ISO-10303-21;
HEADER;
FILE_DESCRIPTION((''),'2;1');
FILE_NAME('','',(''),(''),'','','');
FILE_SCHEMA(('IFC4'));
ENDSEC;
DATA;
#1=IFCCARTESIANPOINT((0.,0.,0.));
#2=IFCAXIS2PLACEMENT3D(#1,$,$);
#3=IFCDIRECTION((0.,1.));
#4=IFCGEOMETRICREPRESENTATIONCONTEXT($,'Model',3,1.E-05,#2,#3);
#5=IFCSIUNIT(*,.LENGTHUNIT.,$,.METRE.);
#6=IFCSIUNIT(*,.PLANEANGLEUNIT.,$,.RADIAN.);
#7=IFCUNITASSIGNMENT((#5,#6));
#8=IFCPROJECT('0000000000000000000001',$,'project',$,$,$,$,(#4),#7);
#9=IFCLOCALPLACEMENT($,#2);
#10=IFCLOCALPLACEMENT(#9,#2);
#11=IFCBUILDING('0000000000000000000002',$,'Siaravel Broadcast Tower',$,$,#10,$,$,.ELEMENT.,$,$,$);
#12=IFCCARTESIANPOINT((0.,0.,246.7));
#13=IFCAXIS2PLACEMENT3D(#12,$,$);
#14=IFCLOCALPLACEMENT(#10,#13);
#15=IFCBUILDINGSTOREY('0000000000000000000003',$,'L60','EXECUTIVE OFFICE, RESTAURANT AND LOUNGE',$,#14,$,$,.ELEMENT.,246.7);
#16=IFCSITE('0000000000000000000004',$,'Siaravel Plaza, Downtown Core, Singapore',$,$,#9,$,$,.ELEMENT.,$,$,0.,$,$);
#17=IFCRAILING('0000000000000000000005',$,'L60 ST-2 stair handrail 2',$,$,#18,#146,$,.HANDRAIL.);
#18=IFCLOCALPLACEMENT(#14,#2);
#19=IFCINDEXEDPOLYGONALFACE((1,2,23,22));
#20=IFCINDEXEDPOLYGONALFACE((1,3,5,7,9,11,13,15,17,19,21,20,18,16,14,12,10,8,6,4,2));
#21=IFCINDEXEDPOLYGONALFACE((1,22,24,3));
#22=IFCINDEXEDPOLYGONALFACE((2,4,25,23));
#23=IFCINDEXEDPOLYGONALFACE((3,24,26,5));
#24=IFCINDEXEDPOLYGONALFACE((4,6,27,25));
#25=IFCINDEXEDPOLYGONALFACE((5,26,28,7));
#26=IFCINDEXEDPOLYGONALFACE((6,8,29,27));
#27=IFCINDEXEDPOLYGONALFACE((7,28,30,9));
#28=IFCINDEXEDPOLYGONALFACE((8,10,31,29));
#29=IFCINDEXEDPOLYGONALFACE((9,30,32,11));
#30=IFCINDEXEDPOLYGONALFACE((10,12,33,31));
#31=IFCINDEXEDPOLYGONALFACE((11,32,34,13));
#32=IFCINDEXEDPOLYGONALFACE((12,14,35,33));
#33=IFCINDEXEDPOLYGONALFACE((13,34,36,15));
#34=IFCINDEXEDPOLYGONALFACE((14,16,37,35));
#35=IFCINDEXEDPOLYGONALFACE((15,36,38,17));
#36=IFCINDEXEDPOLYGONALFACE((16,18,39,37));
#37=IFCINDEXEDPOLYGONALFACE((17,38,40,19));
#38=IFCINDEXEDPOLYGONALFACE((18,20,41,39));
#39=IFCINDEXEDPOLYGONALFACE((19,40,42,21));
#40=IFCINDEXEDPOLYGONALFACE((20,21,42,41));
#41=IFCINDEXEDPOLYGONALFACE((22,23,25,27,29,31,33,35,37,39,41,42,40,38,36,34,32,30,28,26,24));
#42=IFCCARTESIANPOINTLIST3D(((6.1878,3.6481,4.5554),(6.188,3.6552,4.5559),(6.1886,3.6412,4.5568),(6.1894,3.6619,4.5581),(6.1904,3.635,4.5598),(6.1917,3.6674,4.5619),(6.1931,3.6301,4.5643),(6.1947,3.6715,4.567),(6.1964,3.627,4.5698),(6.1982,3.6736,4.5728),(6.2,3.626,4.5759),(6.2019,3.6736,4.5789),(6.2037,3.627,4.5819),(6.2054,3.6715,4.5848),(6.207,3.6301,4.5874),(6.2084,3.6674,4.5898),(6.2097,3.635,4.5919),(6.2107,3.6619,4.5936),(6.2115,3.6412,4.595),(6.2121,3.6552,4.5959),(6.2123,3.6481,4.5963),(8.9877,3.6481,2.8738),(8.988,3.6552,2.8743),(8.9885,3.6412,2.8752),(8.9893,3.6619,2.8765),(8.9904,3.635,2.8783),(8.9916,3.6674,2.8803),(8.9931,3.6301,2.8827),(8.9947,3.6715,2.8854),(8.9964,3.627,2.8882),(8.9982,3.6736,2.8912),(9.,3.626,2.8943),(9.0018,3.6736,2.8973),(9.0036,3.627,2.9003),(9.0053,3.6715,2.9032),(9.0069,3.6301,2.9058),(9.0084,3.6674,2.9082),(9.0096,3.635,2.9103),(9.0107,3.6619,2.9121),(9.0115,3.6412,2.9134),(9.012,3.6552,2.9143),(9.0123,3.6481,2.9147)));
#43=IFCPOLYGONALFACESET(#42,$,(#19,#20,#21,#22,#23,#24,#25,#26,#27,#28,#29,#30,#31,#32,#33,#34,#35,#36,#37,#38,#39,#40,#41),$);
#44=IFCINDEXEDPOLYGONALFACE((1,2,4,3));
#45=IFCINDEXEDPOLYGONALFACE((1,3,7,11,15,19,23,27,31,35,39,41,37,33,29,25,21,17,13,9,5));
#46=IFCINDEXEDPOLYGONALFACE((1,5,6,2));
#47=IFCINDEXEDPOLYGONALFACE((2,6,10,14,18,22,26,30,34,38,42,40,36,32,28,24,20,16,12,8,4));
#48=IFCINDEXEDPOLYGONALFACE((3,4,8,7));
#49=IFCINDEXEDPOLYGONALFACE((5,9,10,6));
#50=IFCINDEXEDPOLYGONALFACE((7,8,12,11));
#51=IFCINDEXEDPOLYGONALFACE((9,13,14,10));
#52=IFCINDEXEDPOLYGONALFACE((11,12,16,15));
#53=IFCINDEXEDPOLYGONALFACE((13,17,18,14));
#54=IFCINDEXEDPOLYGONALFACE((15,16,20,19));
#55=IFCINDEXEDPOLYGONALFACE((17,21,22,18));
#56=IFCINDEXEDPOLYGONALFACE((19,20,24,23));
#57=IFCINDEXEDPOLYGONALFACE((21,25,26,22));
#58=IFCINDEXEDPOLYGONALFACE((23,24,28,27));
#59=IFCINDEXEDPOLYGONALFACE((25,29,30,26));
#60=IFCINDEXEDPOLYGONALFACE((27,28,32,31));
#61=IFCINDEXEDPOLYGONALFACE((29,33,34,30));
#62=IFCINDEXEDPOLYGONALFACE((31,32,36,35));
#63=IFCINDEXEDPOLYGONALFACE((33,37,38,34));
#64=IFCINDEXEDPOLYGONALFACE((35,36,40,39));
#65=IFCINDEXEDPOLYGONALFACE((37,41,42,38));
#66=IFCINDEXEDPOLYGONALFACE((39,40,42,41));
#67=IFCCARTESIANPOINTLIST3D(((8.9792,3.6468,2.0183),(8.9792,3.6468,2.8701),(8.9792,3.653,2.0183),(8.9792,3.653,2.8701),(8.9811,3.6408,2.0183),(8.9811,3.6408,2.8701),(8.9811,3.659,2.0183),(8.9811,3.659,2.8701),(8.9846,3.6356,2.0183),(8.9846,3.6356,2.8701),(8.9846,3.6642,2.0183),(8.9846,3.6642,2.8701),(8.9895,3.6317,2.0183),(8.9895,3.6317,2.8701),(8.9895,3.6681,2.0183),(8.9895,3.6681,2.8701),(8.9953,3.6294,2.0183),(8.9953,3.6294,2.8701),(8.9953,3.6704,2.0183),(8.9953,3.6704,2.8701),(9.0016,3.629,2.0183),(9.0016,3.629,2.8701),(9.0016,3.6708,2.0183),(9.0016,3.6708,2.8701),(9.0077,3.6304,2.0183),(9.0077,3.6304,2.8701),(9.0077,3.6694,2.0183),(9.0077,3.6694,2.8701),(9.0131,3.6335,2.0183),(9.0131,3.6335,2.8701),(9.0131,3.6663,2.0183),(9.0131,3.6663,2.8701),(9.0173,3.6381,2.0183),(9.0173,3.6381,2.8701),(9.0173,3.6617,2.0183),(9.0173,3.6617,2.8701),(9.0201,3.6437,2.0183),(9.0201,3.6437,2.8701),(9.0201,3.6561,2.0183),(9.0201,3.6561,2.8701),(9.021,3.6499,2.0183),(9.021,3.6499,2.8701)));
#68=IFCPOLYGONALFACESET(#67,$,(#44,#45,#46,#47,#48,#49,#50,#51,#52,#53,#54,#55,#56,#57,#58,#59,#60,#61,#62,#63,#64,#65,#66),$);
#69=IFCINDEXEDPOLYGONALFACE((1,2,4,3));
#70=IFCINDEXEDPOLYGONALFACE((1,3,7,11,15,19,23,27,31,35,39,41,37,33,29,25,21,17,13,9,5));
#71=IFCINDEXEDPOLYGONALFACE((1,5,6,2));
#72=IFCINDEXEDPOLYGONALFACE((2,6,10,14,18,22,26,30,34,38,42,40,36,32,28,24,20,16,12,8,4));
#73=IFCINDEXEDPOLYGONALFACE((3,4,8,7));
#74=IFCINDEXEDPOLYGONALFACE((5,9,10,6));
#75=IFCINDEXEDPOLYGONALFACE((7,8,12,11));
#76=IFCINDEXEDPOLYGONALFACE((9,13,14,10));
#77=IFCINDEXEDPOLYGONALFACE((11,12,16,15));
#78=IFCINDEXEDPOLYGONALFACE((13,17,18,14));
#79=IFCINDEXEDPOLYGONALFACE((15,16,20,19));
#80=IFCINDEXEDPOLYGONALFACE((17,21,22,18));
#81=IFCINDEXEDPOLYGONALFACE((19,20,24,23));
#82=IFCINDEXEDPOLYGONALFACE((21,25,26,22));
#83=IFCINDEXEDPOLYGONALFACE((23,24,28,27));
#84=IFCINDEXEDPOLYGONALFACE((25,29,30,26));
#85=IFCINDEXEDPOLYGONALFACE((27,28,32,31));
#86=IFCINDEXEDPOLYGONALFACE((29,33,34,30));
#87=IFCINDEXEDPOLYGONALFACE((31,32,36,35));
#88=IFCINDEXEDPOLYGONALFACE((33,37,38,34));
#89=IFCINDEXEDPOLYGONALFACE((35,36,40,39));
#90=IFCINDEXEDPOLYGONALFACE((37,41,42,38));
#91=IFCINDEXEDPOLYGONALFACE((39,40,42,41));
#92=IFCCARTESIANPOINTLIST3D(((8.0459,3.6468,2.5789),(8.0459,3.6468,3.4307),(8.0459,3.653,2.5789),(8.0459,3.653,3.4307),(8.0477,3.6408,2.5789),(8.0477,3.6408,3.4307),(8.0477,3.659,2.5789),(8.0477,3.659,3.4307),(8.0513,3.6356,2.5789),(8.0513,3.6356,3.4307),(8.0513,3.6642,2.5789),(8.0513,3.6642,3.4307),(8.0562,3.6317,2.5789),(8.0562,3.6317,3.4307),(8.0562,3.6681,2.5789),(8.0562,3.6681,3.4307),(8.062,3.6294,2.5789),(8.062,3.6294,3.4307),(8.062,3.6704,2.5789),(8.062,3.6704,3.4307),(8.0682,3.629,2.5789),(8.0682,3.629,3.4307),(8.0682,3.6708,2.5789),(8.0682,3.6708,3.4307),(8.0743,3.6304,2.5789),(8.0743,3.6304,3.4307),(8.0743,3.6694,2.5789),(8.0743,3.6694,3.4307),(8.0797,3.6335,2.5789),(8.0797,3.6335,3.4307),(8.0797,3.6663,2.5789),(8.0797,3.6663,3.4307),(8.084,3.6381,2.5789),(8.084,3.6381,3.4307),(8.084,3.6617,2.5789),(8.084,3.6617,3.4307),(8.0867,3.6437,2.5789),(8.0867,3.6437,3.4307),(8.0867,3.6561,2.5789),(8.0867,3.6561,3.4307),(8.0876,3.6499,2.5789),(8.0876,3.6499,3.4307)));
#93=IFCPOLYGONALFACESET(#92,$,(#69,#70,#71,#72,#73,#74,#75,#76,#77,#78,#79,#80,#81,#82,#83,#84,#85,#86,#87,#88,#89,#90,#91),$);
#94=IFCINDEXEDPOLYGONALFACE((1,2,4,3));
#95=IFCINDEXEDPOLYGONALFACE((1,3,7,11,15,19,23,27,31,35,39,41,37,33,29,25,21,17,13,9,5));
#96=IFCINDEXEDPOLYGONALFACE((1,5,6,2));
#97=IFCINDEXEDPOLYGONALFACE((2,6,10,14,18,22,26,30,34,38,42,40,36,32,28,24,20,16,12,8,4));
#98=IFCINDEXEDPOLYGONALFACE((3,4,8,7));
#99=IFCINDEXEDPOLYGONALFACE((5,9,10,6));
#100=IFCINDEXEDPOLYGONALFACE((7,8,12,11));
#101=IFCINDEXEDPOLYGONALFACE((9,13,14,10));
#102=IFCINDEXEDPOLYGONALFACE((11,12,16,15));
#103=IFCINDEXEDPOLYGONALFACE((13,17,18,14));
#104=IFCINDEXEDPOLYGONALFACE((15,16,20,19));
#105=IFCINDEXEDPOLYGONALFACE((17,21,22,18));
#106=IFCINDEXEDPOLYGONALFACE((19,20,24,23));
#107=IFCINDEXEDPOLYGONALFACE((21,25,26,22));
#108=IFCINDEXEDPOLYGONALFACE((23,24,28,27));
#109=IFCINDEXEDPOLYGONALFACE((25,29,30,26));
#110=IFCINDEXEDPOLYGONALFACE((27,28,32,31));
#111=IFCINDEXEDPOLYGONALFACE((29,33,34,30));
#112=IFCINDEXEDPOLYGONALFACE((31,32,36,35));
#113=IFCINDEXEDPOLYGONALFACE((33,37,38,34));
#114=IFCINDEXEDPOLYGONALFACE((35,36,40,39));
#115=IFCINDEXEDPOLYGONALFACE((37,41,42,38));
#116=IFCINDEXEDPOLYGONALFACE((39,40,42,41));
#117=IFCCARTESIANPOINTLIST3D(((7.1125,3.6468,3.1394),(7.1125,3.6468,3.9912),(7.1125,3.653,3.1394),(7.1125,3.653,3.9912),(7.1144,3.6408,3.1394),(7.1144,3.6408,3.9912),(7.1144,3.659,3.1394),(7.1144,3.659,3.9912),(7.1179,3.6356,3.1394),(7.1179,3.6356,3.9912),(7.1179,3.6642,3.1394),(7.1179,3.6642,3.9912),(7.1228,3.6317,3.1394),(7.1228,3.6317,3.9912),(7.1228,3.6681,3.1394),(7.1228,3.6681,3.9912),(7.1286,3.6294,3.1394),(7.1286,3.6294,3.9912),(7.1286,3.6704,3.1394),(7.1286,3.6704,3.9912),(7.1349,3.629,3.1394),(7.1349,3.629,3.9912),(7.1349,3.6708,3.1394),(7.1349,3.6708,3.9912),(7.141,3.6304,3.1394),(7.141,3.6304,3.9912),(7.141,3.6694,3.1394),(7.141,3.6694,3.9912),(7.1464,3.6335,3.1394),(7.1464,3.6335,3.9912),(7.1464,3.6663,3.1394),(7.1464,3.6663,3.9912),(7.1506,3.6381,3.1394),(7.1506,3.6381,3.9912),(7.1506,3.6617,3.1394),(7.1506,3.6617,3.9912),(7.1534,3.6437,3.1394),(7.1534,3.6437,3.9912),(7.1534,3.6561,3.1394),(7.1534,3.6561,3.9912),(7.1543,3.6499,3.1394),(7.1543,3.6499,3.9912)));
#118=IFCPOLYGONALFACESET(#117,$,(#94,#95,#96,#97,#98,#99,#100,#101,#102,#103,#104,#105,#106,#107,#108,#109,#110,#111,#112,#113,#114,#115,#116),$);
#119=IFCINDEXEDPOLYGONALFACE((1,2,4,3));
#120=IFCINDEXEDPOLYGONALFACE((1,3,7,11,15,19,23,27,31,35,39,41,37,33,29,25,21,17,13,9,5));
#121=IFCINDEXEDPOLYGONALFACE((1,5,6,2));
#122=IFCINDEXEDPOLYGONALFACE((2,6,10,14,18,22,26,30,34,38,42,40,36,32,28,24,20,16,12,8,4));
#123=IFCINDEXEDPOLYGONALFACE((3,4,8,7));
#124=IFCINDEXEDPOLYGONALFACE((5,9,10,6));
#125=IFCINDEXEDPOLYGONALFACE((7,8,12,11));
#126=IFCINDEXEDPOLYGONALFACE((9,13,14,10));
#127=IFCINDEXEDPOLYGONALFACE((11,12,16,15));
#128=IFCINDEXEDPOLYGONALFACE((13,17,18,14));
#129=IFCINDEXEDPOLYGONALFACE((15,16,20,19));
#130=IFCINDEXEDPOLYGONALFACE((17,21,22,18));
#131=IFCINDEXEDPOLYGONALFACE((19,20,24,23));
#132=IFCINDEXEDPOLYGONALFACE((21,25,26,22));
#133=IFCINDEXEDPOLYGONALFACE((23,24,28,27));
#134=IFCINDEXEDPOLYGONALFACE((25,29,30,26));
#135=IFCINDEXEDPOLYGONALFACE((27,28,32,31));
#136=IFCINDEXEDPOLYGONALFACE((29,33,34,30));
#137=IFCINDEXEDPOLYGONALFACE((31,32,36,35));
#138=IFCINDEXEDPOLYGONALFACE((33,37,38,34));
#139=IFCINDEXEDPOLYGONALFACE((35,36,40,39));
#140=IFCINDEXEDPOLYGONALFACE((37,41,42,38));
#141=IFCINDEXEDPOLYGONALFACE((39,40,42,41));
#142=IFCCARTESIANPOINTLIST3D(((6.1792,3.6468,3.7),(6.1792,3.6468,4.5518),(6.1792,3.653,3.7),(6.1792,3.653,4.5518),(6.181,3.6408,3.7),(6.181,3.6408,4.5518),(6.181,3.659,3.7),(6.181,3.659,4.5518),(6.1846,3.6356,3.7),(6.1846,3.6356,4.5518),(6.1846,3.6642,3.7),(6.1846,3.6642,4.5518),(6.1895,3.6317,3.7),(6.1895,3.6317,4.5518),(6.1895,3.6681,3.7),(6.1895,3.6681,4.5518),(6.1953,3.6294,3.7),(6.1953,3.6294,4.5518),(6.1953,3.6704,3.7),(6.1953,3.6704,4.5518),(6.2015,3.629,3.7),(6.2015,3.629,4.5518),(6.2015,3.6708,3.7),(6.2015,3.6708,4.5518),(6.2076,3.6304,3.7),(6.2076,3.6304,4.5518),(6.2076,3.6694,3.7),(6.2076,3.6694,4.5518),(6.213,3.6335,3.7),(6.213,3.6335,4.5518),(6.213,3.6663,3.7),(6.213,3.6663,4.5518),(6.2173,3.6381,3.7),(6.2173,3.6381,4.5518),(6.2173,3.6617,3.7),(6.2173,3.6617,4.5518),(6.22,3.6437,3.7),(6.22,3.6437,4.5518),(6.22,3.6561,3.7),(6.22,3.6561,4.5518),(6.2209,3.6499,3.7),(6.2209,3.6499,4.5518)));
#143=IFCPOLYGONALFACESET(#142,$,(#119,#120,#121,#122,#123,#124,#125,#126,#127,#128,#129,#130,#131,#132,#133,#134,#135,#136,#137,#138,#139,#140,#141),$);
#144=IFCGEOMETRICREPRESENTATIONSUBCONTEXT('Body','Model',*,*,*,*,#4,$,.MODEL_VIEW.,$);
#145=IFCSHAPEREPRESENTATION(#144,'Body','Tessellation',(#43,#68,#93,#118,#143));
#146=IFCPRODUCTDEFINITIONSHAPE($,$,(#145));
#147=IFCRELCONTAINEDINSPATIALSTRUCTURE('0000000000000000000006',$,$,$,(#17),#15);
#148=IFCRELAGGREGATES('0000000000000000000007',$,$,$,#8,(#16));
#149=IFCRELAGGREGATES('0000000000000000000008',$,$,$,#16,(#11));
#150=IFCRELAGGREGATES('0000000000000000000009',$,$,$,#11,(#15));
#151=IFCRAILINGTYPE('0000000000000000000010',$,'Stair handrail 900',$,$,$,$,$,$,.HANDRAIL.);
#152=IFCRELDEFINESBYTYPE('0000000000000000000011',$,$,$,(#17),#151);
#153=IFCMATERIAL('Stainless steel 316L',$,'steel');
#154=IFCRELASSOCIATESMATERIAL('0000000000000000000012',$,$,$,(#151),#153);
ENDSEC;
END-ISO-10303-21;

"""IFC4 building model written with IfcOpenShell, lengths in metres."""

from ifc_helpers import new_model, si_unit, direction, frame, origin, origin_2d, place, context, subcontext, project, spatial, circle, extrude, material, type_object, element, save


model = new_model("IFC4")

# Units and contexts
model_context = context("Model", 3, precision=1e-05, world=origin(), true_north=direction((0.0, 1.0)))
body_context = subcontext(model_context, "Body", "Model", "MODEL_VIEW")
ifc_project = project(units=[si_unit("LENGTHUNIT", "METRE"), si_unit("PLANEANGLEUNIT", "RADIAN")], contexts=[model_context])

# Site, building, storey
site_placement = place(None, origin())
site = spatial("IfcSite", under=ifc_project, at=site_placement, Name="Siaravel Plaza, Downtown Core, Singapore", CompositionType="ELEMENT", RefElevation=0.0)
building_placement = place(site_placement, origin())
building = spatial("IfcBuilding", under=site, at=building_placement, Name="Siaravel Broadcast Tower", CompositionType="ELEMENT")
storey_placement = place(building_placement, frame((0.0, 0.0, 246.7)))
storey = spatial("IfcBuildingStorey", under=building, at=storey_placement, Name="L60", Description="EXECUTIVE OFFICE, RESTAURANT AND LOUNGE", CompositionType="ELEMENT", Elevation=246.7)

# Railing
ifc_material_1 = material(Name="Stainless steel 316L", Category="steel")
railing_type_1 = type_object("IfcRailingType", Name="Stair handrail 900", PredefinedType="HANDRAIL", material=ifc_material_1)
railing_1_placement = place(storey_placement, frame((9.0, 3.6499, 2.0183)))
element("IfcRailing", 1, at=railing_1_placement, inside=storey, type_object=railing_type_1, Name="L60 ST-2 stair handrail 2", PredefinedType="HANDRAIL", context=body_context, shape_type="SweptSolid", body=[
    extrude(circle(Radius=0.0239, at=origin_2d()), frame((0.0, 0.0, 0.876), z_axis=(-0.857275, 0.0, 0.514858), x_axis=(0.0, -1.0, 0.0)), (0.0, 0.0, 1.0), 3.2661),
    extrude(circle(Radius=0.021, at=origin_2d()), origin(), (0.0, 0.0, 1.0), 0.8518),
    extrude(circle(Radius=0.021, at=origin_2d()), frame((-0.9333, 0.0, 0.5605)), (0.0, 0.0, 1.0), 0.8518),
    extrude(circle(Radius=0.021, at=origin_2d()), frame((-1.8667, 0.0, 1.1211)), (0.0, 0.0, 1.0), 0.8518),
    extrude(circle(Radius=0.021, at=origin_2d()), frame((-2.8, 0.0, 1.6816)), (0.0, 0.0, 1.0), 0.8518),
])

save(model, "model.ifc")
